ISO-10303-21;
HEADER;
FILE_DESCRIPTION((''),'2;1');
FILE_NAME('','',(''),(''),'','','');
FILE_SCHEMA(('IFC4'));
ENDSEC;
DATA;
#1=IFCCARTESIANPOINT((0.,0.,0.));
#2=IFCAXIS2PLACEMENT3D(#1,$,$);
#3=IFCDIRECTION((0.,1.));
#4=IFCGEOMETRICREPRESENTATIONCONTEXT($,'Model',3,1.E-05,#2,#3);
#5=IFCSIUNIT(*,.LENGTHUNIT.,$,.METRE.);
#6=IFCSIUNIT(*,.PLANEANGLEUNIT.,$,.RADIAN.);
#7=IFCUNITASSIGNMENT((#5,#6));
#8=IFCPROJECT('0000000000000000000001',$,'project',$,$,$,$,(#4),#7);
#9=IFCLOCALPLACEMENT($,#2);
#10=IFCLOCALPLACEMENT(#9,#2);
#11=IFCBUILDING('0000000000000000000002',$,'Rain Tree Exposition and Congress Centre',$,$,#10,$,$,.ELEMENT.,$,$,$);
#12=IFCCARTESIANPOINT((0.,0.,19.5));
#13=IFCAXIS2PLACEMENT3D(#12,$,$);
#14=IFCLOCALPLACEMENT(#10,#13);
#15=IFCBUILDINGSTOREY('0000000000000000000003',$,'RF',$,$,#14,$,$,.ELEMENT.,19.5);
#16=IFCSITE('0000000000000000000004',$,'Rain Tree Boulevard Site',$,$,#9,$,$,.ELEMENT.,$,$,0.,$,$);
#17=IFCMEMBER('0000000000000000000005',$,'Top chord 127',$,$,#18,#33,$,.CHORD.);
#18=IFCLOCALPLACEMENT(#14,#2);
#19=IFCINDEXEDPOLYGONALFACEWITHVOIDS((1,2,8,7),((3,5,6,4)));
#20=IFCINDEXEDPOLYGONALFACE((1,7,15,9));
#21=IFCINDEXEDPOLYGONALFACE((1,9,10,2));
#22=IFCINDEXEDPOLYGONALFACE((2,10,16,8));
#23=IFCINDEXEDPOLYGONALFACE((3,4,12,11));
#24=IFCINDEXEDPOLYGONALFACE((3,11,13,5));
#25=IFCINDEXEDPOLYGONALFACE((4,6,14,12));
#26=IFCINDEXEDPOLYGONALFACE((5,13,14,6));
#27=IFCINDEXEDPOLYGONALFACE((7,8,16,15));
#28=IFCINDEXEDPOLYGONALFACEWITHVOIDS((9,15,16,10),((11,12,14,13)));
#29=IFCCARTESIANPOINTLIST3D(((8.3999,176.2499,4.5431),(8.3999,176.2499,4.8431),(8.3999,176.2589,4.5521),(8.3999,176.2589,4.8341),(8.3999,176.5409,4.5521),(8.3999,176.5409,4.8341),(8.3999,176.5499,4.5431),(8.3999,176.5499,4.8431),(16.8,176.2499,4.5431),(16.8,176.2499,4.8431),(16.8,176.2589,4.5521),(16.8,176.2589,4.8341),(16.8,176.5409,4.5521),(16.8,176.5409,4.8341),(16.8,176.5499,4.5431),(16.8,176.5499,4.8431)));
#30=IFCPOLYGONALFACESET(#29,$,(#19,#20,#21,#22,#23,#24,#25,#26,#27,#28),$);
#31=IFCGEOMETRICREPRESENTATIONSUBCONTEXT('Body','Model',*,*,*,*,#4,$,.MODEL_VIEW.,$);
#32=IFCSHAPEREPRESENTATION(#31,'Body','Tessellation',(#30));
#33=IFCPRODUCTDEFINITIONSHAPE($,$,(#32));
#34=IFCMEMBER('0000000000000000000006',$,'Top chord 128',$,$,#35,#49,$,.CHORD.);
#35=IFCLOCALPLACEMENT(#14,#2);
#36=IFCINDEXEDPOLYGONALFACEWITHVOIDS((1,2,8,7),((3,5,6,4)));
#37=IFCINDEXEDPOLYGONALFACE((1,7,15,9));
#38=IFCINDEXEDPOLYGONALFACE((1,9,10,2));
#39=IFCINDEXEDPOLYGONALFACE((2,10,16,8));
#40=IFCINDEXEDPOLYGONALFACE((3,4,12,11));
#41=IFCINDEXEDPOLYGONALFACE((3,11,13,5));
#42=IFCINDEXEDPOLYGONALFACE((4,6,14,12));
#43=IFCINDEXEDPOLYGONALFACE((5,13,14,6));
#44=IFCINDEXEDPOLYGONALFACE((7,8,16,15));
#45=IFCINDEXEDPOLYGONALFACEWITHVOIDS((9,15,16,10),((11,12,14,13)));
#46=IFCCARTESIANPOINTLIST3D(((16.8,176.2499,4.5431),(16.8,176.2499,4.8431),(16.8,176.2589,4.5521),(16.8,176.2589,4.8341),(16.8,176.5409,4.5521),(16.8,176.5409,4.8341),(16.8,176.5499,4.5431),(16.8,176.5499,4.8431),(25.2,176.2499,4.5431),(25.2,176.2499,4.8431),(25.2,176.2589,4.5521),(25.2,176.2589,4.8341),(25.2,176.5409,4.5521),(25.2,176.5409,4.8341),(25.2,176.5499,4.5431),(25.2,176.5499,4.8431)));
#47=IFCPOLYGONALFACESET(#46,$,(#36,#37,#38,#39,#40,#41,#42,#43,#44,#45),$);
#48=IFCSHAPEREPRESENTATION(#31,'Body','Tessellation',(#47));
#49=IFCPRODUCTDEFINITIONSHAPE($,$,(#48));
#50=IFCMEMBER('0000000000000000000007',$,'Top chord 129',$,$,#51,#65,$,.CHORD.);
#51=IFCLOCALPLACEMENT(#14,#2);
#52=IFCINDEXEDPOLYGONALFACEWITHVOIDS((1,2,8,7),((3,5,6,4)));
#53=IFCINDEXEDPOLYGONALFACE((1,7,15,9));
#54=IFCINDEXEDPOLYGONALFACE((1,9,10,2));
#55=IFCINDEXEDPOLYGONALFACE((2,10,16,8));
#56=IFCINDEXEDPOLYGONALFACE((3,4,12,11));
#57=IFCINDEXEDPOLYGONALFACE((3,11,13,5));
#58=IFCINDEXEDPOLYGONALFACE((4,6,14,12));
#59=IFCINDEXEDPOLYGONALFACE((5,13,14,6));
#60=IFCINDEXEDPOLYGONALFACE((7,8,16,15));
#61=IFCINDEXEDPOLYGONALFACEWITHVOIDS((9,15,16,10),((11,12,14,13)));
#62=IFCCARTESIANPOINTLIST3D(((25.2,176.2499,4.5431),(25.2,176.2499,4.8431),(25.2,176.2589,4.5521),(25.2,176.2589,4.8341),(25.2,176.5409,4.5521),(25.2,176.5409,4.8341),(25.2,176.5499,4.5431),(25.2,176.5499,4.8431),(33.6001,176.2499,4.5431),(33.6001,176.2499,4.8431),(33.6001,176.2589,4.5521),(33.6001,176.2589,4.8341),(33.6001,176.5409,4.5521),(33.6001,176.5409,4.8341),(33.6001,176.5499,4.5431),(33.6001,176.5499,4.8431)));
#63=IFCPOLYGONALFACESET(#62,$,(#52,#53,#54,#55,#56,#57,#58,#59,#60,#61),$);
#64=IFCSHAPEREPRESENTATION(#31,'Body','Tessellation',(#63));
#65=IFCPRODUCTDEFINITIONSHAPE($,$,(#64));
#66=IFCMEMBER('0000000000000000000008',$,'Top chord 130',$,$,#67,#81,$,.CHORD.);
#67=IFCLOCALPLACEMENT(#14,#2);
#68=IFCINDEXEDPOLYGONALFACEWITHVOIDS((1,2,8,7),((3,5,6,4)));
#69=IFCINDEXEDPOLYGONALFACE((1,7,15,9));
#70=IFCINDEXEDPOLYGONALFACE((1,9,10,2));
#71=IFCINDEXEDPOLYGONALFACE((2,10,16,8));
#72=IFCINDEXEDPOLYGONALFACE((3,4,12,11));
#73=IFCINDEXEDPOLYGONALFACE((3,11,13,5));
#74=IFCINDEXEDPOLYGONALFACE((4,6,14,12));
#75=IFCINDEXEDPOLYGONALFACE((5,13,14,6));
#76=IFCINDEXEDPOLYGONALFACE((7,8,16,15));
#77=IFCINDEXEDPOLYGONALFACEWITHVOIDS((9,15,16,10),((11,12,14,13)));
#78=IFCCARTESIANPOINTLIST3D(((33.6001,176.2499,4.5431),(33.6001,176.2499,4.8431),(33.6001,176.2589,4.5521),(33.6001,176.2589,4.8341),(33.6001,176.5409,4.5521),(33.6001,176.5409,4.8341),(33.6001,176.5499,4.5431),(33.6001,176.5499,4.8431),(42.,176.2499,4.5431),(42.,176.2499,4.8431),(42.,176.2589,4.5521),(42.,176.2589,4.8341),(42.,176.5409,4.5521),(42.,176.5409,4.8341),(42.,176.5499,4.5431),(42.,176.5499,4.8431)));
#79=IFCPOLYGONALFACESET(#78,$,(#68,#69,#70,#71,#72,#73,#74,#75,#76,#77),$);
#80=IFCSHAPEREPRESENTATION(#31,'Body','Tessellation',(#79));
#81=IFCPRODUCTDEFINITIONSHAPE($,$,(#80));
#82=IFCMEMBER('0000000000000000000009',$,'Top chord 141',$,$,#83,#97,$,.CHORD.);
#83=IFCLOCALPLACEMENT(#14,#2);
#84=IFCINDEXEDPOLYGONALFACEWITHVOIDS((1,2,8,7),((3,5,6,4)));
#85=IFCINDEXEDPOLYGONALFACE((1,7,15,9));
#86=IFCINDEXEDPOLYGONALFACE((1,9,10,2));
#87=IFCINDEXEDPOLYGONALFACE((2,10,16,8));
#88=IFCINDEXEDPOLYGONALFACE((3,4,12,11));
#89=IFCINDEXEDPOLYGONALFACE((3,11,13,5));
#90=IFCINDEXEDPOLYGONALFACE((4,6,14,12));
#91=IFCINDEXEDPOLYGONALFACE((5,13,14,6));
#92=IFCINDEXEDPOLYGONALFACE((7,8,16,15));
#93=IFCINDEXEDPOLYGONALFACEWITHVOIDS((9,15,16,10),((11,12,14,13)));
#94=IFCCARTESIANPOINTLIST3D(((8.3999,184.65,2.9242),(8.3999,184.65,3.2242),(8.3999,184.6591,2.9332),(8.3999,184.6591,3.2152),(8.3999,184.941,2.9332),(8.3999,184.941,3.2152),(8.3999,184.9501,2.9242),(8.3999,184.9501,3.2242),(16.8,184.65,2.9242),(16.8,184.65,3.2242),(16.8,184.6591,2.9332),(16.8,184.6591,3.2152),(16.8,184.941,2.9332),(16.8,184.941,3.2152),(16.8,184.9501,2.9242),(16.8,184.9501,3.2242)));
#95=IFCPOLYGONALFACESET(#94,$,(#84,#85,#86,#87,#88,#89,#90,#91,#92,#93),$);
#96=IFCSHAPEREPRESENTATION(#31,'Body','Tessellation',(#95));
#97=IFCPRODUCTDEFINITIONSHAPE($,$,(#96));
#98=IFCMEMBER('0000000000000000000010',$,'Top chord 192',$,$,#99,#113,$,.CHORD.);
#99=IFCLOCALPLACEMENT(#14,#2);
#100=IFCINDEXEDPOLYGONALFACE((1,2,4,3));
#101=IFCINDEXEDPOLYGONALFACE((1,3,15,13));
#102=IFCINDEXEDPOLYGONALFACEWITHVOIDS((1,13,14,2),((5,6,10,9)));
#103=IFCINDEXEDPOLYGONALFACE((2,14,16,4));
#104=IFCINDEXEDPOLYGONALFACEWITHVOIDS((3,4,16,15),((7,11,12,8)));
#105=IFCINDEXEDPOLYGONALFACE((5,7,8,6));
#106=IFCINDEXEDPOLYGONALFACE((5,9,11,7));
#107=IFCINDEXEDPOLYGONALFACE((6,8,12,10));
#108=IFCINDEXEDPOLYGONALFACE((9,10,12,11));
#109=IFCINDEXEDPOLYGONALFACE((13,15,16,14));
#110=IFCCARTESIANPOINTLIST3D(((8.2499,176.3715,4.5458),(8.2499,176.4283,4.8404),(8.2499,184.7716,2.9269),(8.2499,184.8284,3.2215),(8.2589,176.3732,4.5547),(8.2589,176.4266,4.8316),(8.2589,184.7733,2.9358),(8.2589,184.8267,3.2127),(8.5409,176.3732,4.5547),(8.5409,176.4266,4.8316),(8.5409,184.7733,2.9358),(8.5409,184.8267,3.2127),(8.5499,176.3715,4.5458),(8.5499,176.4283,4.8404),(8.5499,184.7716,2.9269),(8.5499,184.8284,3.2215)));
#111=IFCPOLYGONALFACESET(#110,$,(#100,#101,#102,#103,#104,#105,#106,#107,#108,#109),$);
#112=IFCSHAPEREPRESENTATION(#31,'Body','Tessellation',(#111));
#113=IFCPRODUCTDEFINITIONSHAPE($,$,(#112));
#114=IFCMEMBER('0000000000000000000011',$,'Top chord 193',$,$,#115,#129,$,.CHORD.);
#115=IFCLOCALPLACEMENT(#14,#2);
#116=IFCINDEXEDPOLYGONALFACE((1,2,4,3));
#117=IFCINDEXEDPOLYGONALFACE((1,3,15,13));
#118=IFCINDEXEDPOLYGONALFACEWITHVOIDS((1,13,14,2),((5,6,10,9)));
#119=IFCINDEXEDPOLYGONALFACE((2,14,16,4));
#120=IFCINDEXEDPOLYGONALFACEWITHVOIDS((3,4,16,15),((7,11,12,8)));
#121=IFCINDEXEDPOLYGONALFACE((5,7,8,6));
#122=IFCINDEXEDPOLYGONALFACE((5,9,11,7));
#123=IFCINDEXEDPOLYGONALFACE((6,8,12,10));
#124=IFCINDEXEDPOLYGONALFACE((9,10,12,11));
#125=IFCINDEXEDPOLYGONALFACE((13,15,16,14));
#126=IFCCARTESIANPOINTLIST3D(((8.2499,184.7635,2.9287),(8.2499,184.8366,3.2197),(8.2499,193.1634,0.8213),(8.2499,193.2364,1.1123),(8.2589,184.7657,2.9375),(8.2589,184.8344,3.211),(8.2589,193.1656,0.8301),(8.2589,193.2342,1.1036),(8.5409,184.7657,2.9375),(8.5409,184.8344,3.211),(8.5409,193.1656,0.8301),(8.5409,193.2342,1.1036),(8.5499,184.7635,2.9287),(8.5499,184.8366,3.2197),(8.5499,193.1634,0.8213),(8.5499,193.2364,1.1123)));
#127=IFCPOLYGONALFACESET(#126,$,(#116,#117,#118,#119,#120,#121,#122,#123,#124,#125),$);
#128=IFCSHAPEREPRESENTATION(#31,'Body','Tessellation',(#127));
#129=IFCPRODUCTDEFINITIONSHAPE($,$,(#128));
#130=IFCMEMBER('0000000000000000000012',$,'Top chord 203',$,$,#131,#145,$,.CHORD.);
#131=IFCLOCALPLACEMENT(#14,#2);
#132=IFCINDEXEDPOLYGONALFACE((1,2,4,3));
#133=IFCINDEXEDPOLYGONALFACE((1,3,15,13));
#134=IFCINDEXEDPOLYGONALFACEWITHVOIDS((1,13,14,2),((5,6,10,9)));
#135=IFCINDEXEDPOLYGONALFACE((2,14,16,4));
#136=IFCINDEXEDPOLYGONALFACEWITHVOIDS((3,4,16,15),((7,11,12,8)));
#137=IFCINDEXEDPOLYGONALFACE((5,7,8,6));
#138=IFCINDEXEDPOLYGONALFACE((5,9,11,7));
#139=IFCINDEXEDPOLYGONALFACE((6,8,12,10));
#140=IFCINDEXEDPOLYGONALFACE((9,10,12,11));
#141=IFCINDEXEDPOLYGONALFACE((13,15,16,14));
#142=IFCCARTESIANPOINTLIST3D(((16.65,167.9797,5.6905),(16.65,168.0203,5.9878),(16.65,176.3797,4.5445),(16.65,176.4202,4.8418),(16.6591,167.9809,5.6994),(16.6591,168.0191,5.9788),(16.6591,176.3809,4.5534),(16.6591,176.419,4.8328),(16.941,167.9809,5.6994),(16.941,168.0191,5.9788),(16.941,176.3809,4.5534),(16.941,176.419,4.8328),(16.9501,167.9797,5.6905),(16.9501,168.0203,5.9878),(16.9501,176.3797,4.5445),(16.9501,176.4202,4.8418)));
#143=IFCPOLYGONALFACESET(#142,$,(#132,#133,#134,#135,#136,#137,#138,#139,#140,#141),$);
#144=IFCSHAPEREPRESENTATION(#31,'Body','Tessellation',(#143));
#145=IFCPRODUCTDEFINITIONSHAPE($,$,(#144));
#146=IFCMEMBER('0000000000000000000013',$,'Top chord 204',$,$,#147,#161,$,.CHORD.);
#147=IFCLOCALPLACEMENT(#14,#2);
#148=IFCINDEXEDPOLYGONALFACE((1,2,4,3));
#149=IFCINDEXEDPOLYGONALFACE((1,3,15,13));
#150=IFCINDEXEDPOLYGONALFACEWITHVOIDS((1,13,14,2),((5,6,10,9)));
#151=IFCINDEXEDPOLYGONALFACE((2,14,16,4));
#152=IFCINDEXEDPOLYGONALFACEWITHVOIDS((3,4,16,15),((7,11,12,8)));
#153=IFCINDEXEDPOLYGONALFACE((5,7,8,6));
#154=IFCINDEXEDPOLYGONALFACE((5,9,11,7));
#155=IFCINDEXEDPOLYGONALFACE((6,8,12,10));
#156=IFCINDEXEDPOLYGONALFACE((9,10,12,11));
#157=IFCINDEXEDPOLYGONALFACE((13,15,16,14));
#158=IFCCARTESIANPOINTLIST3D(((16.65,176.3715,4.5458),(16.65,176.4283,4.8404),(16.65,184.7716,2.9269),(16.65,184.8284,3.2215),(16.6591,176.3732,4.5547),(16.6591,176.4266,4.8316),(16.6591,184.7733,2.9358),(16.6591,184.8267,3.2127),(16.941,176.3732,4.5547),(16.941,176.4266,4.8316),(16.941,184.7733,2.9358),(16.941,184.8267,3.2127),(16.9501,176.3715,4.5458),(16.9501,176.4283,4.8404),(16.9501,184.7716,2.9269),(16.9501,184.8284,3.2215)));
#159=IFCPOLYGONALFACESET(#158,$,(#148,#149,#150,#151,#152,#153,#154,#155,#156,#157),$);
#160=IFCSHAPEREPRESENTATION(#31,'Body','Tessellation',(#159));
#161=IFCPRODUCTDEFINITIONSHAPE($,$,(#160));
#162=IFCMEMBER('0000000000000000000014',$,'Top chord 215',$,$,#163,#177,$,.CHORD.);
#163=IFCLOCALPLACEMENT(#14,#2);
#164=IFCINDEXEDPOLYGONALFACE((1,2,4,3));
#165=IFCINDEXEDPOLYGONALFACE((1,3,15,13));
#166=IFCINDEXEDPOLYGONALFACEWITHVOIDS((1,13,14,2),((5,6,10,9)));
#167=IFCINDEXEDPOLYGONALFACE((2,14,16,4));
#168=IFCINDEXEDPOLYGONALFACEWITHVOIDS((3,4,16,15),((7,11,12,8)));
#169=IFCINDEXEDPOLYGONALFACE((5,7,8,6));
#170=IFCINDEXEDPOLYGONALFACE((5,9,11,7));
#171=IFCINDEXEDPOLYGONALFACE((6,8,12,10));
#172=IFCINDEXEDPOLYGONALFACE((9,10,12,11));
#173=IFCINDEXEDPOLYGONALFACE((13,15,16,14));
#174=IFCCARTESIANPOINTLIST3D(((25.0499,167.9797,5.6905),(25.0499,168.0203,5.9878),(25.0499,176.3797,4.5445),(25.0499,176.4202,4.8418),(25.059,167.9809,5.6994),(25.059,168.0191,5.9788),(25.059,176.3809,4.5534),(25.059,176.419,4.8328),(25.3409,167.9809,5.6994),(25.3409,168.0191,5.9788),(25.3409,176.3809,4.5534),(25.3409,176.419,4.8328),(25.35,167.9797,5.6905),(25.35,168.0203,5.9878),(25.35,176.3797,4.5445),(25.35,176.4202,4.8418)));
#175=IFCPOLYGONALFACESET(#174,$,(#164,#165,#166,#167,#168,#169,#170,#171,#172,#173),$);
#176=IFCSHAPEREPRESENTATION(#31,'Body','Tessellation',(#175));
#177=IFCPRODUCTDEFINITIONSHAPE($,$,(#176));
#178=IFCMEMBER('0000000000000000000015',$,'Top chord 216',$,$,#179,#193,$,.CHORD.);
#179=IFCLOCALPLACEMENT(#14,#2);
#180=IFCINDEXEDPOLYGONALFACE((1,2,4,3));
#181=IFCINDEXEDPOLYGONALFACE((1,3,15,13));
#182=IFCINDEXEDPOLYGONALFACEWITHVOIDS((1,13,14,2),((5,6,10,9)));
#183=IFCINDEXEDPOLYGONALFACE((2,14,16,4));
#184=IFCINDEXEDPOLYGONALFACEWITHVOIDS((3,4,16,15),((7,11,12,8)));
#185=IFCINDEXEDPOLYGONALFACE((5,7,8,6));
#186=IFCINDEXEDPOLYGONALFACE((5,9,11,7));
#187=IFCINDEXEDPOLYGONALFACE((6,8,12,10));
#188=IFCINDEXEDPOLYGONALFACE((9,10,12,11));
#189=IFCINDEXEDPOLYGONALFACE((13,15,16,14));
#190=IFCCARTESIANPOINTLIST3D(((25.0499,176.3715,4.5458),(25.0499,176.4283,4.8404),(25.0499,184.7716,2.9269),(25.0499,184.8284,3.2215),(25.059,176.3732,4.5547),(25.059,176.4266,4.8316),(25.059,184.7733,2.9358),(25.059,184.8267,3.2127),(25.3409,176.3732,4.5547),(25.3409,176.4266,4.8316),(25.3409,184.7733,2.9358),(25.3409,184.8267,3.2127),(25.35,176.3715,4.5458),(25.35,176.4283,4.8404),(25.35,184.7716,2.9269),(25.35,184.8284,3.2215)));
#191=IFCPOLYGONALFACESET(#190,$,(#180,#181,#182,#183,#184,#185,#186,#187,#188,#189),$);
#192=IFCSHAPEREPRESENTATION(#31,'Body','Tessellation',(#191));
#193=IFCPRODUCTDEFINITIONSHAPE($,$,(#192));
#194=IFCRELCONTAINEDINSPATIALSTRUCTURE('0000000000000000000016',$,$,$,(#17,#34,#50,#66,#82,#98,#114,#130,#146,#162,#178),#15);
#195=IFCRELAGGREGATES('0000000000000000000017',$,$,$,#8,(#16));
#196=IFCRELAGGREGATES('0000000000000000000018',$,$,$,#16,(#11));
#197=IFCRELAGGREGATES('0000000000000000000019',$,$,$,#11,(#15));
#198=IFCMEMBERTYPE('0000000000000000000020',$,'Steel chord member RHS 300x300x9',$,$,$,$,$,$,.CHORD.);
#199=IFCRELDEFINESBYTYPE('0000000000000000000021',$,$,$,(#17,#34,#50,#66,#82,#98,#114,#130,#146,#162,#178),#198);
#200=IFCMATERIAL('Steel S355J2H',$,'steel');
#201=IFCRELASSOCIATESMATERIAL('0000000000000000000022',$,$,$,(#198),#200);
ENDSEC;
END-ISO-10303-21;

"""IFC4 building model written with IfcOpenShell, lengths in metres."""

from ifc_helpers import new_model, si_unit, direction, frame, origin, origin_2d, place, context, subcontext, project, spatial, hollow_rectangle, extrude, material, material_profile, profile_set, type_object, element, save


model = new_model("IFC4")

# Units and contexts
model_context = context("Model", 3, precision=1e-05, world=origin(), true_north=direction((0.0, 1.0)))
body_context = subcontext(model_context, "Body", "Model", "MODEL_VIEW")
ifc_project = project(units=[si_unit("LENGTHUNIT", "METRE"), si_unit("PLANEANGLEUNIT", "RADIAN")], contexts=[model_context])

# Site, building, storey
site_placement = place(None, origin())
site = spatial("IfcSite", under=ifc_project, at=site_placement, Name="Rain Tree Boulevard Site", CompositionType="ELEMENT", RefElevation=0.0)
building_placement = place(site_placement, origin())
building = spatial("IfcBuilding", under=site, at=building_placement, Name="Rain Tree Exposition and Congress Centre", CompositionType="ELEMENT")
storey_placement = place(building_placement, frame((0.0, 0.0, 19.5)))
storey = spatial("IfcBuildingStorey", under=building, at=storey_placement, Name="RF", CompositionType="ELEMENT", Elevation=19.5)

# Members
ifc_material_1 = material(Name="Steel S355J2H", Category="steel")
ifc_material_profile_1 = material_profile(ifc_material_1, hollow_rectangle(XDim=0.3, YDim=0.3, WallThickness=0.009, at=origin_2d()), Name="RHS 300x300x9")
ifc_profile_set_1 = profile_set([ifc_material_profile_1], Name="Steel S355J2H")
member_type = type_object("IfcMemberType", Name="Steel chord member RHS 300x300x9", PredefinedType="CHORD", material=ifc_profile_set_1)
member_1_placement = place(storey_placement, frame((8.3999, 176.3999, 4.6931), z_axis=(1.0, 0.0, 0.0), x_axis=(0.0, 1.0, 0.0)))
element("IfcMember", 1, at=member_1_placement, inside=storey, type_object=member_type, Name="Top chord 127", PredefinedType="CHORD", context=body_context, shape_type="SweptSolid", body=[
    extrude(hollow_rectangle(XDim=0.3, YDim=0.3, WallThickness=0.009, at=origin_2d()), origin(), (0.0, 0.0, 1.0), 8.4001),
])
member_2_placement = place(storey_placement, frame((16.8, 176.3999, 4.6931), z_axis=(1.0, 0.0, 0.0), x_axis=(0.0, 1.0, 0.0)))
element("IfcMember", 2, at=member_2_placement, inside=storey, type_object=member_type, Name="Top chord 128", PredefinedType="CHORD", context=body_context, shape_type="SweptSolid", body=[
    extrude(hollow_rectangle(XDim=0.3, YDim=0.3, WallThickness=0.009, at=origin_2d()), origin(), (0.0, 0.0, 1.0), 8.3999),
])
member_3_placement = place(storey_placement, frame((25.2, 176.3999, 4.6931), z_axis=(1.0, 0.0, 0.0), x_axis=(0.0, 1.0, 0.0)))
element("IfcMember", 3, at=member_3_placement, inside=storey, type_object=member_type, Name="Top chord 129", PredefinedType="CHORD", context=body_context, shape_type="SweptSolid", body=[
    extrude(hollow_rectangle(XDim=0.3, YDim=0.3, WallThickness=0.009, at=origin_2d()), origin(), (0.0, 0.0, 1.0), 8.4001),
])
member_4_placement = place(storey_placement, frame((33.6001, 176.3999, 4.6931), z_axis=(1.0, 0.0, 0.0), x_axis=(0.0, 1.0, 0.0)))
element("IfcMember", 4, at=member_4_placement, inside=storey, type_object=member_type, Name="Top chord 130", PredefinedType="CHORD", context=body_context, shape_type="SweptSolid", body=[
    extrude(hollow_rectangle(XDim=0.3, YDim=0.3, WallThickness=0.009, at=origin_2d()), origin(), (0.0, 0.0, 1.0), 8.3999),
])
member_5_placement = place(storey_placement, frame((8.3999, 184.8, 3.0742), z_axis=(1.0, 0.0, 0.0), x_axis=(0.0, 1.0, 0.0)))
element("IfcMember", 5, at=member_5_placement, inside=storey, type_object=member_type, Name="Top chord 141", PredefinedType="CHORD", context=body_context, shape_type="SweptSolid", body=[
    extrude(hollow_rectangle(XDim=0.3, YDim=0.3, WallThickness=0.009, at=origin_2d()), origin(), (0.0, 0.0, 1.0), 8.4001),
])
member_6_placement = place(storey_placement, frame((8.3999, 176.3999, 4.6931), z_axis=(0.0, 0.981931, -0.18924), x_axis=(-1.0, 0.0, 0.0)))
element("IfcMember", 6, at=member_6_placement, inside=storey, type_object=member_type, Name="Top chord 192", PredefinedType="CHORD", context=body_context, shape_type="SweptSolid", body=[
    extrude(hollow_rectangle(XDim=0.3, YDim=0.3, WallThickness=0.009, at=origin_2d()), origin(), (0.0, 0.0, 1.0), 8.5547),
])
member_7_placement = place(storey_placement, frame((8.3999, 184.8, 3.0742), z_axis=(0.0, 0.96994, -0.243345), x_axis=(-1.0, 0.0, 0.0)))
element("IfcMember", 7, at=member_7_placement, inside=storey, type_object=member_type, Name="Top chord 193", PredefinedType="CHORD", context=body_context, shape_type="SweptSolid", body=[
    extrude(hollow_rectangle(XDim=0.3, YDim=0.3, WallThickness=0.009, at=origin_2d()), origin(), (0.0, 0.0, 1.0), 8.6602),
])
member_8_placement = place(storey_placement, frame((16.8, 168.0, 5.8391), z_axis=(0.0, 0.990821, -0.135177), x_axis=(-1.0, 0.0, 0.0)))
element("IfcMember", 8, at=member_8_placement, inside=storey, type_object=member_type, Name="Top chord 203", PredefinedType="CHORD", context=body_context, shape_type="SweptSolid", body=[
    extrude(hollow_rectangle(XDim=0.3, YDim=0.3, WallThickness=0.009, at=origin_2d()), origin(), (0.0, 0.0, 1.0), 8.4778),
])
member_9_placement = place(storey_placement, frame((16.8, 176.3999, 4.6931), z_axis=(0.0, 0.981931, -0.18924), x_axis=(-1.0, 0.0, 0.0)))
element("IfcMember", 9, at=member_9_placement, inside=storey, type_object=member_type, Name="Top chord 204", PredefinedType="CHORD", context=body_context, shape_type="SweptSolid", body=[
    extrude(hollow_rectangle(XDim=0.3, YDim=0.3, WallThickness=0.009, at=origin_2d()), origin(), (0.0, 0.0, 1.0), 8.5547),
])
member_10_placement = place(storey_placement, frame((25.2, 168.0, 5.8391), z_axis=(0.0, 0.990821, -0.135177), x_axis=(-1.0, 0.0, 0.0)))
element("IfcMember", 10, at=member_10_placement, inside=storey, type_object=member_type, Name="Top chord 215", PredefinedType="CHORD", context=body_context, shape_type="SweptSolid", body=[
    extrude(hollow_rectangle(XDim=0.3, YDim=0.3, WallThickness=0.009, at=origin_2d()), origin(), (0.0, 0.0, 1.0), 8.4778),
])
member_11_placement = place(storey_placement, frame((25.2, 176.3999, 4.6931), z_axis=(0.0, 0.981931, -0.18924), x_axis=(-1.0, 0.0, 0.0)))
element("IfcMember", 11, at=member_11_placement, inside=storey, type_object=member_type, Name="Top chord 216", PredefinedType="CHORD", context=body_context, shape_type="SweptSolid", body=[
    extrude(hollow_rectangle(XDim=0.3, YDim=0.3, WallThickness=0.009, at=origin_2d()), origin(), (0.0, 0.0, 1.0), 8.5547),
])

save(model, "model.ifc")
